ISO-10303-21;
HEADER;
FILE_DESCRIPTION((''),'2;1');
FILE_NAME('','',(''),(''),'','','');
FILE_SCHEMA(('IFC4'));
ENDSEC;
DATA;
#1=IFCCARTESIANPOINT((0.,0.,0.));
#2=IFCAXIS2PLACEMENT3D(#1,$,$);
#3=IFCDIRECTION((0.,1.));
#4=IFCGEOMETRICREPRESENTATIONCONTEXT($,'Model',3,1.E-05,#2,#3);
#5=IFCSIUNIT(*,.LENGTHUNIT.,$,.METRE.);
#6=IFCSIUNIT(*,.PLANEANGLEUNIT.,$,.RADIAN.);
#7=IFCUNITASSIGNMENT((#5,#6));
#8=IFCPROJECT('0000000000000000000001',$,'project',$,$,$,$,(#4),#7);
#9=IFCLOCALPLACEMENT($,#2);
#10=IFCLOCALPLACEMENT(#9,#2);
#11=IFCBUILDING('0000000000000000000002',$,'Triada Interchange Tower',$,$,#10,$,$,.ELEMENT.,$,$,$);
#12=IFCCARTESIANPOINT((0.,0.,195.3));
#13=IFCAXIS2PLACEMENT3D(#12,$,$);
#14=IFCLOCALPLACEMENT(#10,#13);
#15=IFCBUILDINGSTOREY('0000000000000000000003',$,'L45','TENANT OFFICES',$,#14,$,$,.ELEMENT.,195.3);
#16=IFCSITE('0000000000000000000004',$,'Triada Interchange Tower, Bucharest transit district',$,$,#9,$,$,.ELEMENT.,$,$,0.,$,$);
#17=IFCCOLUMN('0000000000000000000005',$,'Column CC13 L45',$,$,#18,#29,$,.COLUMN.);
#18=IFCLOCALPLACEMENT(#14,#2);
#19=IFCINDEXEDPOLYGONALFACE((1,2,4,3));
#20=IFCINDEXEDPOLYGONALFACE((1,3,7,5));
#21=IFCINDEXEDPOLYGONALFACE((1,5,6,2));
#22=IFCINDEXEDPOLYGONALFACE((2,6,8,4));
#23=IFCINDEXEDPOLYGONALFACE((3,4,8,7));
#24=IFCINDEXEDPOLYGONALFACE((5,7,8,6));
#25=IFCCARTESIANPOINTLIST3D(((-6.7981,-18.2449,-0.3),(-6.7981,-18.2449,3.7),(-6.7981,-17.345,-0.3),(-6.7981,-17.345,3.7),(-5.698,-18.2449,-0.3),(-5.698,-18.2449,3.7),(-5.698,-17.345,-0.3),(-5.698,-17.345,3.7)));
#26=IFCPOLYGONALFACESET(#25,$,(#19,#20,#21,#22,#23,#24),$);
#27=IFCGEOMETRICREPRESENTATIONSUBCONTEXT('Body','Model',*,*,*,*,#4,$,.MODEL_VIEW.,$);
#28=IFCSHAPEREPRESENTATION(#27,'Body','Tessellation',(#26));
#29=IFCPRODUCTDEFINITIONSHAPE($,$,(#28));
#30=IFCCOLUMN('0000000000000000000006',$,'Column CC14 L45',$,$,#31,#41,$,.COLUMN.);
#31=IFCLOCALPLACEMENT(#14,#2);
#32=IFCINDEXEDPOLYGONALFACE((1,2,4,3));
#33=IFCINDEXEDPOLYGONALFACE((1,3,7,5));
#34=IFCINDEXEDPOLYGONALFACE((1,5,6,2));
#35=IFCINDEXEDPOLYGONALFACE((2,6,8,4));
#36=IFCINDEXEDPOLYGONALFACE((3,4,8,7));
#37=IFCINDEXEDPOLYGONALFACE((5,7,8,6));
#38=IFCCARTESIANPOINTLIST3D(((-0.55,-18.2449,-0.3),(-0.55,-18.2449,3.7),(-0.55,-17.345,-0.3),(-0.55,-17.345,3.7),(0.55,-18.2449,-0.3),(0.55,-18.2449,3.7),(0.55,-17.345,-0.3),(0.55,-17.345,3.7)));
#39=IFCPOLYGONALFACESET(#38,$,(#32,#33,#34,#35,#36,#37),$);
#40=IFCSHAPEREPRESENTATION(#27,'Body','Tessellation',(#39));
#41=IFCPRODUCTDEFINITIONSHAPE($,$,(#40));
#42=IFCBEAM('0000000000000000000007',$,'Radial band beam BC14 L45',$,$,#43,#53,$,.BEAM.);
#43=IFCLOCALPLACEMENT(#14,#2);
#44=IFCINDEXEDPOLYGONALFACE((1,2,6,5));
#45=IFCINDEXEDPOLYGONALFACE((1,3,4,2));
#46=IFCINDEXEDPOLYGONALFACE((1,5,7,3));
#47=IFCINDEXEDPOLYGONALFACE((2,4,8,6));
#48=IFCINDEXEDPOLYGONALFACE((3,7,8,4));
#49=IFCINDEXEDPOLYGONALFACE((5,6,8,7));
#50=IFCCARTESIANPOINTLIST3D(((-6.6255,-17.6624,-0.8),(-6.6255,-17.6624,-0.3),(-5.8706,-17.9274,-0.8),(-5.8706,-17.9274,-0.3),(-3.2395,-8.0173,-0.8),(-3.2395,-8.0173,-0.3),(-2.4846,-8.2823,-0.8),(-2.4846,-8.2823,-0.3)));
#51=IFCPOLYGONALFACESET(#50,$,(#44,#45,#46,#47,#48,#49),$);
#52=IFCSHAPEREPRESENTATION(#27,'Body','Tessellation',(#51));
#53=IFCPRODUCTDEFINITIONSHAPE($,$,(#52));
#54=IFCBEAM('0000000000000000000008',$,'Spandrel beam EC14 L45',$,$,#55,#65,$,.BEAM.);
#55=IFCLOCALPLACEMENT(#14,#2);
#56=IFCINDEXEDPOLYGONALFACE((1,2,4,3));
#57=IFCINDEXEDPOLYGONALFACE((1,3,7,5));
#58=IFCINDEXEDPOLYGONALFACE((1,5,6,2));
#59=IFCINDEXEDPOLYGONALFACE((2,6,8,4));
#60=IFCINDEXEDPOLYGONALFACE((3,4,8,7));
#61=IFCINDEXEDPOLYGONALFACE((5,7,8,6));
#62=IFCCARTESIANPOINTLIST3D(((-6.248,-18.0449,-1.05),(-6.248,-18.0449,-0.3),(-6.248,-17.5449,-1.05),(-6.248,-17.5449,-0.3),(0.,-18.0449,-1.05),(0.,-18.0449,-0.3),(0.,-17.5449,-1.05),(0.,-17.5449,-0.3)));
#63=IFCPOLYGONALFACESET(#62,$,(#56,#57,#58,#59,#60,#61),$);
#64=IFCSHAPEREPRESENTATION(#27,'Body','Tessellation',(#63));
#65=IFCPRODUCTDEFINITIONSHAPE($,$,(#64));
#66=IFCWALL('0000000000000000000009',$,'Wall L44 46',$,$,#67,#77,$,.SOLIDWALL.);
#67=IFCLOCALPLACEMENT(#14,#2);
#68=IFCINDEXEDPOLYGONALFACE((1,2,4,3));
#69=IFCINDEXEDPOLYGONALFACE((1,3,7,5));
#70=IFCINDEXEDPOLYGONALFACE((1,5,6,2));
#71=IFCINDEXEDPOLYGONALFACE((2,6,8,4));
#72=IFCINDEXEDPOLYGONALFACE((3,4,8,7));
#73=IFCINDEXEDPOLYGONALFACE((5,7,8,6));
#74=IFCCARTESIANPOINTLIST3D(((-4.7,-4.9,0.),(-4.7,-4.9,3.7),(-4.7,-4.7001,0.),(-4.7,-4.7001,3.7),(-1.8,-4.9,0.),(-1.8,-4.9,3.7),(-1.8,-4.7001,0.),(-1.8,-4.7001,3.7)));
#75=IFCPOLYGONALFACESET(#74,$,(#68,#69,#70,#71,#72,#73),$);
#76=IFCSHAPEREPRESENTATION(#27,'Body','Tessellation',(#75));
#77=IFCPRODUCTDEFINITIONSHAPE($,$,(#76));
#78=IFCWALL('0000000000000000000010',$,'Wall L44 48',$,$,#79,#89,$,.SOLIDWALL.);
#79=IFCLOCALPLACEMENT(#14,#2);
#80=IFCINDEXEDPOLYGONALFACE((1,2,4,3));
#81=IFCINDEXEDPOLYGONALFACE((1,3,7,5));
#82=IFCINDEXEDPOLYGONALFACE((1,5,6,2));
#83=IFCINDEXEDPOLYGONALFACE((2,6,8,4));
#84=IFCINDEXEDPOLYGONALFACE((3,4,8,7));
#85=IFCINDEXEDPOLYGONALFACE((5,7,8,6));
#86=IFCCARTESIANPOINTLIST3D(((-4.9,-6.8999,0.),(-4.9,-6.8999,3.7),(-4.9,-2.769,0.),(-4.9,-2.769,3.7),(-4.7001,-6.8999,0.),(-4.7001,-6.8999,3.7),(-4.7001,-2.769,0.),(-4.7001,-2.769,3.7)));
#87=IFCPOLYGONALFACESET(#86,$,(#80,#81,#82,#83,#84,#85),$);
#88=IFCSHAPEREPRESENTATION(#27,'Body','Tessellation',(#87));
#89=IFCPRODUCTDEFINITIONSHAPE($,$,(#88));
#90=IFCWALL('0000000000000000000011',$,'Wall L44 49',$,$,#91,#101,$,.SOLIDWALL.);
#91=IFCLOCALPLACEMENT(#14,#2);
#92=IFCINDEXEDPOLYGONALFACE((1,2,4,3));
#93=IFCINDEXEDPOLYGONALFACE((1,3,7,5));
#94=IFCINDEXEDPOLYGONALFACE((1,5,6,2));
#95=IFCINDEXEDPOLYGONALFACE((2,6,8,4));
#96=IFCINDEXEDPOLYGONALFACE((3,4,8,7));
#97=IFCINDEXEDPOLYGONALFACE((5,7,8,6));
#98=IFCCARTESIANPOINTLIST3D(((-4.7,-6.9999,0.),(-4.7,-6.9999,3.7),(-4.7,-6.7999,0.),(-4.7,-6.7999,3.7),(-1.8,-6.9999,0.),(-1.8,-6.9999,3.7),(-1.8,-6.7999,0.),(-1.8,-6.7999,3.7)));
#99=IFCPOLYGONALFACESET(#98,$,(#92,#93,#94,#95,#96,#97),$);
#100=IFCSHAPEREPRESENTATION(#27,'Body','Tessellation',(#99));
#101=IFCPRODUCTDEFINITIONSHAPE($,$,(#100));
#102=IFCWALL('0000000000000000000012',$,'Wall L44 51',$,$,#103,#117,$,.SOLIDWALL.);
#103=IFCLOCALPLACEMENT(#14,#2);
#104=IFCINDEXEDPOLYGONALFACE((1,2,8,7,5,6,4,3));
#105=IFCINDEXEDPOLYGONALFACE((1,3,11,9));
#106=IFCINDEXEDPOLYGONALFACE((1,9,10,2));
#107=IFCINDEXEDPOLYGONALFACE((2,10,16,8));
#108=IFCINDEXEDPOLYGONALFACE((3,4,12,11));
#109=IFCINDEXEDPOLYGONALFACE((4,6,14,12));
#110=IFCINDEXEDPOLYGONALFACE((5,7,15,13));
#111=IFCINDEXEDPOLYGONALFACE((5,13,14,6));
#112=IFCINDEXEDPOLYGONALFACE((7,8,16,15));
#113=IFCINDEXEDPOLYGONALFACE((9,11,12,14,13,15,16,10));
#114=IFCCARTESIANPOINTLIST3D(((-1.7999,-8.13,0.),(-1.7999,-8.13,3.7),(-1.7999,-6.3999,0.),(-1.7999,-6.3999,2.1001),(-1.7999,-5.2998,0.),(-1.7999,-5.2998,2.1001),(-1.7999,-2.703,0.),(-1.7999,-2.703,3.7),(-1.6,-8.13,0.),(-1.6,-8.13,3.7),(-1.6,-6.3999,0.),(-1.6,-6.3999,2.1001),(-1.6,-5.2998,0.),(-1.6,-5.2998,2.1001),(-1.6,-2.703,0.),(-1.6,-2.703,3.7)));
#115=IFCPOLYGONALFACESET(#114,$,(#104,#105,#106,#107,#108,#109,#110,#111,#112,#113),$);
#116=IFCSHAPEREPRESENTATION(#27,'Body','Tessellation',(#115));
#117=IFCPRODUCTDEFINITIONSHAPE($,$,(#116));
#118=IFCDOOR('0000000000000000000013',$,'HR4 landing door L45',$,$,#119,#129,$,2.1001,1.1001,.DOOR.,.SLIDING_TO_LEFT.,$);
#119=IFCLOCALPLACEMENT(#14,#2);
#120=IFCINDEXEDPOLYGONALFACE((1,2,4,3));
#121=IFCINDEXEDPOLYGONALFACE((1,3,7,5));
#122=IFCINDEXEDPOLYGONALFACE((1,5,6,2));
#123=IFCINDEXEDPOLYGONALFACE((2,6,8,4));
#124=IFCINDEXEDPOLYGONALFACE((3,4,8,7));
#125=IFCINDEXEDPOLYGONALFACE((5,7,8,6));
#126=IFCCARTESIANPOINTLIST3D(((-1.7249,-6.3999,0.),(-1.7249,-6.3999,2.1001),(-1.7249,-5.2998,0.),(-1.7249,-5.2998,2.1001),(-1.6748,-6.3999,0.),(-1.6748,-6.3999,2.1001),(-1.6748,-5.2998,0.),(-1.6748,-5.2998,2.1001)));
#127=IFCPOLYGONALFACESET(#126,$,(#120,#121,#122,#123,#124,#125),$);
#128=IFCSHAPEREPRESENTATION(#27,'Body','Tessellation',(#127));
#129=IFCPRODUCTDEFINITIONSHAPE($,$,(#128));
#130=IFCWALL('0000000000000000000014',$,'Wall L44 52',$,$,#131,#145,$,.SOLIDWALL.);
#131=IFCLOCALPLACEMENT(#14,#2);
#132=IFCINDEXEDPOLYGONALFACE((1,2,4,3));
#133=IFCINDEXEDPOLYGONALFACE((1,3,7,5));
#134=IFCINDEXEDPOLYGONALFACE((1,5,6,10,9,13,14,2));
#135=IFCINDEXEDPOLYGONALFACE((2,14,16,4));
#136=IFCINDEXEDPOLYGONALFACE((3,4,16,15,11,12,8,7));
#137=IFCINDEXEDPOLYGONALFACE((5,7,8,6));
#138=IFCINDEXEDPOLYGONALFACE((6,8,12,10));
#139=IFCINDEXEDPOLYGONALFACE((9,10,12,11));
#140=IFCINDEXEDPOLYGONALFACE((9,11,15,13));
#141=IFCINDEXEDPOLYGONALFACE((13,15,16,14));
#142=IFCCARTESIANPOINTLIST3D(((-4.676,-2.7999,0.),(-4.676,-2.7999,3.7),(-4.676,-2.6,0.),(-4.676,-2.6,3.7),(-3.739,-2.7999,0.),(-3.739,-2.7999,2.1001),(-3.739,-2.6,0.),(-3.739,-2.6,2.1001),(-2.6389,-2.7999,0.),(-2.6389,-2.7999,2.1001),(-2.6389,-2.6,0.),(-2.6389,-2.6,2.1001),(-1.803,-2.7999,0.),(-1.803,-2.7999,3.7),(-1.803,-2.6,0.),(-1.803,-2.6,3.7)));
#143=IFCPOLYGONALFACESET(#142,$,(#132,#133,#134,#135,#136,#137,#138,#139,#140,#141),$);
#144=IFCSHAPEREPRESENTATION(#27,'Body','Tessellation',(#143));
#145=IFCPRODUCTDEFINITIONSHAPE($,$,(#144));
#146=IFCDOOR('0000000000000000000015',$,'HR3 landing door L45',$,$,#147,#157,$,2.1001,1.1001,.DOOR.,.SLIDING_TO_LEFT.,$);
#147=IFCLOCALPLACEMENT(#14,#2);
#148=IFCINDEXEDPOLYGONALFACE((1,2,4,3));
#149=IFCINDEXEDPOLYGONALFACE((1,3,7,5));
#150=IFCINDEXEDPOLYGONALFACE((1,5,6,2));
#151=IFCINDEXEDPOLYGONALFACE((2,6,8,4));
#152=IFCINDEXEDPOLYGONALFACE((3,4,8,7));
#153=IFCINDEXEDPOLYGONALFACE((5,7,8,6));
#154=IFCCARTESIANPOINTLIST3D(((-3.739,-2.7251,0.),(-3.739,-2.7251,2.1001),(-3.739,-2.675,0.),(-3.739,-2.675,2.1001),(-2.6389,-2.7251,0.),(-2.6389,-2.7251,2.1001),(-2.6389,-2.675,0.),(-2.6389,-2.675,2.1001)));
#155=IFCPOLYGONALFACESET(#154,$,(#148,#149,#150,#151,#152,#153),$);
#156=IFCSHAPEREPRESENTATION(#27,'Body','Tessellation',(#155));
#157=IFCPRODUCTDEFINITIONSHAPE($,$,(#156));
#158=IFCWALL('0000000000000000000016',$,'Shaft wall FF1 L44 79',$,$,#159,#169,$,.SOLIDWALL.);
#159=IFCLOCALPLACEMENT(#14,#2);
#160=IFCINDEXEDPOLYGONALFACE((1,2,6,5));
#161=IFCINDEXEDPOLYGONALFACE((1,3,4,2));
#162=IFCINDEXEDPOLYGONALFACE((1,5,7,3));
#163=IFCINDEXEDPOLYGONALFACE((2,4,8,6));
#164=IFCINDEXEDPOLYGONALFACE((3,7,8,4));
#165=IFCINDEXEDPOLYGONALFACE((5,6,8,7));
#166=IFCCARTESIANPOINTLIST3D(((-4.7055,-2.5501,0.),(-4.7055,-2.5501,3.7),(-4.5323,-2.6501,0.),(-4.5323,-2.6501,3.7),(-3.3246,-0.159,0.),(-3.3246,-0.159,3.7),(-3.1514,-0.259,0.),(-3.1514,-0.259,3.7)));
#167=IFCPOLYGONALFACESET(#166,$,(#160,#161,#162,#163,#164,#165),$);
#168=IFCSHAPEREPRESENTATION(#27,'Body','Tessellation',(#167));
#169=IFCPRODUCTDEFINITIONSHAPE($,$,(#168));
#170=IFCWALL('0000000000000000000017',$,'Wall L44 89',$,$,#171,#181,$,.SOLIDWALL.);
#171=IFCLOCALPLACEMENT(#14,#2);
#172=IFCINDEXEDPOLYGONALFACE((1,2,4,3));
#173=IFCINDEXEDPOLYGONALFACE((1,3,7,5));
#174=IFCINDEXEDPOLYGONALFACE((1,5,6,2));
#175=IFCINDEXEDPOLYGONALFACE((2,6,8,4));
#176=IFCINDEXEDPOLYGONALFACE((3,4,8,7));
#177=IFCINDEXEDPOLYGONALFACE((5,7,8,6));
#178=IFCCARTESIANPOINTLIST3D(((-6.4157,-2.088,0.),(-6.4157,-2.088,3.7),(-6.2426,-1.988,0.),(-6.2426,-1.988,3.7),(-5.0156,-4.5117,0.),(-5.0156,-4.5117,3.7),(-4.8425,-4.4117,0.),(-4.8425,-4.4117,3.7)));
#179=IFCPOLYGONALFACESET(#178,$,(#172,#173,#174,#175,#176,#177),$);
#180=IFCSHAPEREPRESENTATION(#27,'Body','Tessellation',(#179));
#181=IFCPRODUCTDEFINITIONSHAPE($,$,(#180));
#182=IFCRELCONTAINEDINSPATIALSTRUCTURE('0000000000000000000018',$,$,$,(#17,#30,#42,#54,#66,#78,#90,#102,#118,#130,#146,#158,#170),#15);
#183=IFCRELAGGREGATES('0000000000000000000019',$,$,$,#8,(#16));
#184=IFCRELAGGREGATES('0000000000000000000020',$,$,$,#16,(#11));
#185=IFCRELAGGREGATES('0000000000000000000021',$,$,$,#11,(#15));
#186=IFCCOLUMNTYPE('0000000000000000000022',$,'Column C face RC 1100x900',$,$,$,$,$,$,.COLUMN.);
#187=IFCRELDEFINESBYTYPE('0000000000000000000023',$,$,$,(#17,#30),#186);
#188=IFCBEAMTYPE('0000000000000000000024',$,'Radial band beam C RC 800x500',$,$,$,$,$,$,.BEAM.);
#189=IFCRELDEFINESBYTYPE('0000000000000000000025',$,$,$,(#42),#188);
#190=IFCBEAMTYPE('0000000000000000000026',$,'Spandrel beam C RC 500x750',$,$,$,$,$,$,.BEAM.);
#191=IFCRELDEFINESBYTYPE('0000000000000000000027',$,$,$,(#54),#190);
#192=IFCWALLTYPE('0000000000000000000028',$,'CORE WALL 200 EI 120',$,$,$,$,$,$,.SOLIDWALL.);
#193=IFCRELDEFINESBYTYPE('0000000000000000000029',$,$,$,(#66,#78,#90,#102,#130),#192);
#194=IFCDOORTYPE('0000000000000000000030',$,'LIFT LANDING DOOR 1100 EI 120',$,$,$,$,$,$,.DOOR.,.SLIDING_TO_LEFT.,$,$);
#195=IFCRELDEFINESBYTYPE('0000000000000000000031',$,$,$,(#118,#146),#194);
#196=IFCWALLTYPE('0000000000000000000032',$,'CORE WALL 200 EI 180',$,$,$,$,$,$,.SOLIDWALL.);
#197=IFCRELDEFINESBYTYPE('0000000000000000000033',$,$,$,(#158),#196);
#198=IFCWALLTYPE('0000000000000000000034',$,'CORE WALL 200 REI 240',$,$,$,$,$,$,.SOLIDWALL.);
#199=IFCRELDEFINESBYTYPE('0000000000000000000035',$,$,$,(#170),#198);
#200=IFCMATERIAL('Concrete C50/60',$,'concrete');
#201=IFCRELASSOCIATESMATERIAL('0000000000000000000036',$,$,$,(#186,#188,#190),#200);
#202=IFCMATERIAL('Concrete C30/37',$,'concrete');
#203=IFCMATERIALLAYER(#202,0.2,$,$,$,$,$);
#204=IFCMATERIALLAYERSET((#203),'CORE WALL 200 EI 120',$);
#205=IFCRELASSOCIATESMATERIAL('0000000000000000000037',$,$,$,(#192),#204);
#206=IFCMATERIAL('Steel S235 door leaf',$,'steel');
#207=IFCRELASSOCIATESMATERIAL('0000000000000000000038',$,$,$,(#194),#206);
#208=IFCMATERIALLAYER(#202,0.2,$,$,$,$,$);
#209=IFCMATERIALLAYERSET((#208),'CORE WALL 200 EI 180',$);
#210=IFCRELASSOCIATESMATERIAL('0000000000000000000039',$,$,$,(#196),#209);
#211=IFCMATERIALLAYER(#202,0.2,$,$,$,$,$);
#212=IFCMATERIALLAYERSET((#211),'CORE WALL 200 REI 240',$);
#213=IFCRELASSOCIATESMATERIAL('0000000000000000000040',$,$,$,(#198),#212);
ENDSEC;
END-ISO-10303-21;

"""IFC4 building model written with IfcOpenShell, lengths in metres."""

from ifc_helpers import new_model, si_unit, direction, frame, frame_2d, origin, origin_2d, place, context, subcontext, project, spatial, rectangle, extrude, material, layer, layer_set, material_profile, profile_set, type_object, element, fill, save


model = new_model("IFC4")

# Units and contexts
model_context = context("Model", 3, precision=1e-05, world=origin(), true_north=direction((0.0, 1.0)))
body_context = subcontext(model_context, "Body", "Model", "MODEL_VIEW")
ifc_project = project(units=[si_unit("LENGTHUNIT", "METRE"), si_unit("PLANEANGLEUNIT", "RADIAN")], contexts=[model_context])

# Site, building, storey
site_placement = place(None, origin())
site = spatial("IfcSite", under=ifc_project, at=site_placement, Name="Triada Interchange Tower, Bucharest transit district", CompositionType="ELEMENT", RefElevation=0.0)
building_placement = place(site_placement, origin())
building = spatial("IfcBuilding", under=site, at=building_placement, Name="Triada Interchange Tower", CompositionType="ELEMENT")
storey_placement = place(building_placement, frame((0.0, 0.0, 195.3)))
storey = spatial("IfcBuildingStorey", under=building, at=storey_placement, Name="L45", Description="TENANT OFFICES", CompositionType="ELEMENT", Elevation=195.3)

# Columns
ifc_material_1 = material(Name="Concrete C50/60", Category="concrete")
ifc_material_profile_1 = material_profile(ifc_material_1, rectangle(XDim=1.1001, YDim=0.8999, at=origin_2d()), Name="RC 1100x900")
ifc_profile_set_1 = profile_set([ifc_material_profile_1], Name="Concrete C50/60")
column_type = type_object("IfcColumnType", Name="Column C face RC 1100x900", PredefinedType="COLUMN", material=ifc_profile_set_1)
for number, where, z_axis, x_axis, name in (
    (1, (-6.248, -17.7949, -0.3), (0.0, 0.0, 1.0), (1.0, 0.0, 0.0), "Column CC13 L45"),
    (2, (0.0, -17.7949, -0.3), (0.0, 0.0, 1.0), (1.0, 0.0, 0.0), "Column CC14 L45"),
):
    element("IfcColumn", number, at=place(storey_placement, frame(where, z_axis=z_axis, x_axis=x_axis)), inside=storey, type_object=column_type, Name=name, PredefinedType="COLUMN", context=body_context, shape_type="SweptSolid", body=[
        extrude(rectangle(XDim=1.1001, YDim=0.8999, at=origin_2d()), origin(), (0.0, 0.0, 1.0), 4.0),
    ])

# Beams
ifc_material_profile_2 = material_profile(ifc_material_1, rectangle(XDim=0.8, YDim=0.5, at=origin_2d()), Name="RC 800x500")
ifc_profile_set_2 = profile_set([ifc_material_profile_2], Name="Concrete C50/60")
beam_type_1 = type_object("IfcBeamType", Name="Radial band beam C RC 800x500", PredefinedType="BEAM", material=ifc_profile_set_2)
beam_1_placement = place(storey_placement, frame((-6.248, -17.7949, -0.55), z_axis=(0.331242, 0.943546, 0.0), x_axis=(-0.943546, 0.331242, 0.0)))
element("IfcBeam", 3, at=beam_1_placement, inside=storey, type_object=beam_type_1, Name="Radial band beam BC14 L45", PredefinedType="BEAM", context=body_context, shape_type="SweptSolid", body=[
    extrude(rectangle(XDim=0.8, YDim=0.5, at=origin_2d()), origin(), (0.0, 0.0, 1.0), 10.2222),
])
ifc_material_profile_3 = material_profile(ifc_material_1, rectangle(XDim=0.5, YDim=0.75, at=origin_2d()), Name="RC 500x750")
ifc_profile_set_3 = profile_set([ifc_material_profile_3], Name="Concrete C50/60")
beam_type_2 = type_object("IfcBeamType", Name="Spandrel beam C RC 500x750", PredefinedType="BEAM", material=ifc_profile_set_3)
beam_2_placement = place(storey_placement, frame((-6.248, -17.7949, -0.675), z_axis=(1.0, 0.0, 0.0), x_axis=(0.0, 1.0, 0.0)))
element("IfcBeam", 4, at=beam_2_placement, inside=storey, type_object=beam_type_2, Name="Spandrel beam EC14 L45", PredefinedType="BEAM", context=body_context, shape_type="SweptSolid", body=[
    extrude(rectangle(XDim=0.5, YDim=0.75, at=origin_2d()), origin(), (0.0, 0.0, 1.0), 6.248),
])

# Walls
ifc_material_2 = material(Name="Concrete C30/37", Category="concrete")
ifc_layer_1 = layer(ifc_material_2, 0.2)
ifc_layer_set_1 = layer_set([ifc_layer_1], Name="CORE WALL 200 EI 120")
wall_type_1 = type_object("IfcWallType", Name="CORE WALL 200 EI 120", PredefinedType="SOLIDWALL", material=ifc_layer_set_1)
wall_1_placement = place(storey_placement, frame((-4.7, -4.8, 0.0), z_axis=(0.0, 0.0, 1.0), x_axis=(1.0, 0.0, 0.0)))
element("IfcWall", 5, at=wall_1_placement, inside=storey, type_object=wall_type_1, Name="Wall L44 46", PredefinedType="SOLIDWALL", context=body_context, shape_type="SweptSolid", body=[
    extrude(rectangle(XDim=2.8999, YDim=0.2, at=frame_2d((1.45, 0.0))), origin(), (0.0, 0.0, 1.0), 3.7),
])
wall_2_placement = place(storey_placement, frame((-4.8, -6.8999, 0.0), z_axis=(0.0, 0.0, 1.0), x_axis=(0.0, 1.0, 0.0)))
element("IfcWall", 6, at=wall_2_placement, inside=storey, type_object=wall_type_1, Name="Wall L44 48", PredefinedType="SOLIDWALL", context=body_context, shape_type="SweptSolid", body=[
    extrude(rectangle(XDim=4.1309, YDim=0.2, at=frame_2d((2.0654, 0.0))), origin(), (0.0, 0.0, 1.0), 3.7),
])
wall_3_placement = place(storey_placement, frame((-4.7, -6.8999, 0.0), z_axis=(0.0, 0.0, 1.0), x_axis=(1.0, 0.0, 0.0)))
element("IfcWall", 7, at=wall_3_placement, inside=storey, type_object=wall_type_1, Name="Wall L44 49", PredefinedType="SOLIDWALL", context=body_context, shape_type="SweptSolid", body=[
    extrude(rectangle(XDim=2.8999, YDim=0.2, at=frame_2d((1.45, 0.0))), origin(), (0.0, 0.0, 1.0), 3.7),
])

# Walls, openings, doors
wall_4_placement = place(storey_placement, frame((-1.7, -8.1299, 0.0), z_axis=(0.0, 0.0, 1.0), x_axis=(0.0, 1.0, 0.0)))
wall_4 = element("IfcWall", 8, at=wall_4_placement, inside=storey, type_object=wall_type_1, Name="Wall L44 51", PredefinedType="SOLIDWALL", context=body_context, shape_type="SweptSolid", body=[
    extrude(rectangle(XDim=5.427, YDim=0.2, at=frame_2d((2.7134, 0.0))), origin(), (0.0, 0.0, 1.0), 3.7),
])
opening_1_placement = place(wall_4_placement, frame((1.73, 0.0, 0.0)))
opening_1 = element("IfcOpeningElement", 9, at=opening_1_placement, cuts=wall_4, PredefinedType="OPENING", context=body_context, shape_type="SweptSolid", body=[
    extrude(rectangle(XDim=1.1001, YDim=2.1001, at=frame_2d((0.55, 1.05))), frame((0.0, 0.1099, 0.0), z_axis=(0.0, -1.0, 0.0), x_axis=(1.0, 0.0, 0.0)), (0.0, 0.0, 1.0), 0.22),
])
ifc_material_3 = material(Name="Steel S235 door leaf", Category="steel")
door_type = type_object("IfcDoorType", Name="LIFT LANDING DOOR 1100 EI 120", OperationType="SLIDING_TO_LEFT", PredefinedType="DOOR", material=ifc_material_3)
door_1_placement = place(opening_1_placement, origin())
door_1 = element("IfcDoor", 10, at=door_1_placement, inside=storey, type_object=door_type, Name="HR4 landing door L45", OperationType="SLIDING_TO_LEFT", OverallHeight=2.1001, OverallWidth=1.1001, PredefinedType="DOOR", context=body_context, shape_type="SweptSolid", body=[
    extrude(rectangle(XDim=1.1001, YDim=2.1001, at=frame_2d((0.55, 1.05))), frame((0.0, 0.0249, 0.0), z_axis=(0.0, -1.0, 0.0), x_axis=(1.0, 0.0, 0.0)), (0.0, 0.0, 1.0), 0.05),
])
fill(opening_1, door_1)
wall_5_placement = place(storey_placement, frame((-4.676, -2.7, 0.0), z_axis=(0.0, 0.0, 1.0), x_axis=(1.0, 0.0, 0.0)))
wall_5 = element("IfcWall", 11, at=wall_5_placement, inside=storey, type_object=wall_type_1, Name="Wall L44 52", PredefinedType="SOLIDWALL", context=body_context, shape_type="SweptSolid", body=[
    extrude(rectangle(XDim=2.873, YDim=0.2, at=frame_2d((1.4365, 0.0))), origin(), (0.0, 0.0, 1.0), 3.7),
])
opening_2_placement = place(wall_5_placement, frame((0.937, 0.0, 0.0)))
opening_2 = element("IfcOpeningElement", 12, at=opening_2_placement, cuts=wall_5, PredefinedType="OPENING", context=body_context, shape_type="SweptSolid", body=[
    extrude(rectangle(XDim=1.1001, YDim=2.1001, at=frame_2d((0.55, 1.05))), frame((0.0, 0.1099, 0.0), z_axis=(0.0, -1.0, 0.0), x_axis=(1.0, 0.0, 0.0)), (0.0, 0.0, 1.0), 0.22),
])
door_2_placement = place(opening_2_placement, origin())
door_2 = element("IfcDoor", 13, at=door_2_placement, inside=storey, type_object=door_type, Name="HR3 landing door L45", OperationType="SLIDING_TO_LEFT", OverallHeight=2.1001, OverallWidth=1.1001, PredefinedType="DOOR", context=body_context, shape_type="SweptSolid", body=[
    extrude(rectangle(XDim=1.1001, YDim=2.1001, at=frame_2d((0.55, 1.05))), frame((0.0, 0.0249, 0.0), z_axis=(0.0, -1.0, 0.0), x_axis=(1.0, 0.0, 0.0)), (0.0, 0.0, 1.0), 0.05),
])
fill(opening_2, door_2)

# Walls
ifc_layer_2 = layer(ifc_material_2, 0.2)
ifc_layer_set_2 = layer_set([ifc_layer_2], Name="CORE WALL 200 EI 180")
wall_type_2 = type_object("IfcWallType", Name="CORE WALL 200 EI 180", PredefinedType="SOLIDWALL", material=ifc_layer_set_2)
wall_6_placement = place(storey_placement, frame((-4.6189, -2.6001, 0.0), z_axis=(0.0, 0.0, 1.0), x_axis=(0.500095, 0.865971, 0.0)))
element("IfcWall", 14, at=wall_6_placement, inside=storey, type_object=wall_type_2, Name="Shaft wall FF1 L44 79", PredefinedType="SOLIDWALL", context=body_context, shape_type="SweptSolid", body=[
    extrude(rectangle(XDim=2.7612, YDim=0.2, at=frame_2d((1.3806, 0.0))), origin(), (0.0, 0.0, 1.0), 3.7),
])
ifc_layer_3 = layer(ifc_material_2, 0.2)
ifc_layer_set_3 = layer_set([ifc_layer_3], Name="CORE WALL 200 REI 240")
wall_type_3 = type_object("IfcWallType", Name="CORE WALL 200 REI 240", PredefinedType="SOLIDWALL", material=ifc_layer_set_3)
wall_7_placement = place(storey_placement, frame((-6.3291, -2.0381, 0.0), z_axis=(0.0, 0.0, 1.0), x_axis=(0.500201, -0.86591, 0.0)))
element("IfcWall", 15, at=wall_7_placement, inside=storey, type_object=wall_type_3, Name="Wall L44 89", PredefinedType="SOLIDWALL", context=body_context, shape_type="SweptSolid", body=[
    extrude(rectangle(XDim=2.7991, YDim=0.2, at=frame_2d((1.3994, 0.0))), origin(), (0.0, 0.0, 1.0), 3.7),
])

save(model, "model.ifc")
